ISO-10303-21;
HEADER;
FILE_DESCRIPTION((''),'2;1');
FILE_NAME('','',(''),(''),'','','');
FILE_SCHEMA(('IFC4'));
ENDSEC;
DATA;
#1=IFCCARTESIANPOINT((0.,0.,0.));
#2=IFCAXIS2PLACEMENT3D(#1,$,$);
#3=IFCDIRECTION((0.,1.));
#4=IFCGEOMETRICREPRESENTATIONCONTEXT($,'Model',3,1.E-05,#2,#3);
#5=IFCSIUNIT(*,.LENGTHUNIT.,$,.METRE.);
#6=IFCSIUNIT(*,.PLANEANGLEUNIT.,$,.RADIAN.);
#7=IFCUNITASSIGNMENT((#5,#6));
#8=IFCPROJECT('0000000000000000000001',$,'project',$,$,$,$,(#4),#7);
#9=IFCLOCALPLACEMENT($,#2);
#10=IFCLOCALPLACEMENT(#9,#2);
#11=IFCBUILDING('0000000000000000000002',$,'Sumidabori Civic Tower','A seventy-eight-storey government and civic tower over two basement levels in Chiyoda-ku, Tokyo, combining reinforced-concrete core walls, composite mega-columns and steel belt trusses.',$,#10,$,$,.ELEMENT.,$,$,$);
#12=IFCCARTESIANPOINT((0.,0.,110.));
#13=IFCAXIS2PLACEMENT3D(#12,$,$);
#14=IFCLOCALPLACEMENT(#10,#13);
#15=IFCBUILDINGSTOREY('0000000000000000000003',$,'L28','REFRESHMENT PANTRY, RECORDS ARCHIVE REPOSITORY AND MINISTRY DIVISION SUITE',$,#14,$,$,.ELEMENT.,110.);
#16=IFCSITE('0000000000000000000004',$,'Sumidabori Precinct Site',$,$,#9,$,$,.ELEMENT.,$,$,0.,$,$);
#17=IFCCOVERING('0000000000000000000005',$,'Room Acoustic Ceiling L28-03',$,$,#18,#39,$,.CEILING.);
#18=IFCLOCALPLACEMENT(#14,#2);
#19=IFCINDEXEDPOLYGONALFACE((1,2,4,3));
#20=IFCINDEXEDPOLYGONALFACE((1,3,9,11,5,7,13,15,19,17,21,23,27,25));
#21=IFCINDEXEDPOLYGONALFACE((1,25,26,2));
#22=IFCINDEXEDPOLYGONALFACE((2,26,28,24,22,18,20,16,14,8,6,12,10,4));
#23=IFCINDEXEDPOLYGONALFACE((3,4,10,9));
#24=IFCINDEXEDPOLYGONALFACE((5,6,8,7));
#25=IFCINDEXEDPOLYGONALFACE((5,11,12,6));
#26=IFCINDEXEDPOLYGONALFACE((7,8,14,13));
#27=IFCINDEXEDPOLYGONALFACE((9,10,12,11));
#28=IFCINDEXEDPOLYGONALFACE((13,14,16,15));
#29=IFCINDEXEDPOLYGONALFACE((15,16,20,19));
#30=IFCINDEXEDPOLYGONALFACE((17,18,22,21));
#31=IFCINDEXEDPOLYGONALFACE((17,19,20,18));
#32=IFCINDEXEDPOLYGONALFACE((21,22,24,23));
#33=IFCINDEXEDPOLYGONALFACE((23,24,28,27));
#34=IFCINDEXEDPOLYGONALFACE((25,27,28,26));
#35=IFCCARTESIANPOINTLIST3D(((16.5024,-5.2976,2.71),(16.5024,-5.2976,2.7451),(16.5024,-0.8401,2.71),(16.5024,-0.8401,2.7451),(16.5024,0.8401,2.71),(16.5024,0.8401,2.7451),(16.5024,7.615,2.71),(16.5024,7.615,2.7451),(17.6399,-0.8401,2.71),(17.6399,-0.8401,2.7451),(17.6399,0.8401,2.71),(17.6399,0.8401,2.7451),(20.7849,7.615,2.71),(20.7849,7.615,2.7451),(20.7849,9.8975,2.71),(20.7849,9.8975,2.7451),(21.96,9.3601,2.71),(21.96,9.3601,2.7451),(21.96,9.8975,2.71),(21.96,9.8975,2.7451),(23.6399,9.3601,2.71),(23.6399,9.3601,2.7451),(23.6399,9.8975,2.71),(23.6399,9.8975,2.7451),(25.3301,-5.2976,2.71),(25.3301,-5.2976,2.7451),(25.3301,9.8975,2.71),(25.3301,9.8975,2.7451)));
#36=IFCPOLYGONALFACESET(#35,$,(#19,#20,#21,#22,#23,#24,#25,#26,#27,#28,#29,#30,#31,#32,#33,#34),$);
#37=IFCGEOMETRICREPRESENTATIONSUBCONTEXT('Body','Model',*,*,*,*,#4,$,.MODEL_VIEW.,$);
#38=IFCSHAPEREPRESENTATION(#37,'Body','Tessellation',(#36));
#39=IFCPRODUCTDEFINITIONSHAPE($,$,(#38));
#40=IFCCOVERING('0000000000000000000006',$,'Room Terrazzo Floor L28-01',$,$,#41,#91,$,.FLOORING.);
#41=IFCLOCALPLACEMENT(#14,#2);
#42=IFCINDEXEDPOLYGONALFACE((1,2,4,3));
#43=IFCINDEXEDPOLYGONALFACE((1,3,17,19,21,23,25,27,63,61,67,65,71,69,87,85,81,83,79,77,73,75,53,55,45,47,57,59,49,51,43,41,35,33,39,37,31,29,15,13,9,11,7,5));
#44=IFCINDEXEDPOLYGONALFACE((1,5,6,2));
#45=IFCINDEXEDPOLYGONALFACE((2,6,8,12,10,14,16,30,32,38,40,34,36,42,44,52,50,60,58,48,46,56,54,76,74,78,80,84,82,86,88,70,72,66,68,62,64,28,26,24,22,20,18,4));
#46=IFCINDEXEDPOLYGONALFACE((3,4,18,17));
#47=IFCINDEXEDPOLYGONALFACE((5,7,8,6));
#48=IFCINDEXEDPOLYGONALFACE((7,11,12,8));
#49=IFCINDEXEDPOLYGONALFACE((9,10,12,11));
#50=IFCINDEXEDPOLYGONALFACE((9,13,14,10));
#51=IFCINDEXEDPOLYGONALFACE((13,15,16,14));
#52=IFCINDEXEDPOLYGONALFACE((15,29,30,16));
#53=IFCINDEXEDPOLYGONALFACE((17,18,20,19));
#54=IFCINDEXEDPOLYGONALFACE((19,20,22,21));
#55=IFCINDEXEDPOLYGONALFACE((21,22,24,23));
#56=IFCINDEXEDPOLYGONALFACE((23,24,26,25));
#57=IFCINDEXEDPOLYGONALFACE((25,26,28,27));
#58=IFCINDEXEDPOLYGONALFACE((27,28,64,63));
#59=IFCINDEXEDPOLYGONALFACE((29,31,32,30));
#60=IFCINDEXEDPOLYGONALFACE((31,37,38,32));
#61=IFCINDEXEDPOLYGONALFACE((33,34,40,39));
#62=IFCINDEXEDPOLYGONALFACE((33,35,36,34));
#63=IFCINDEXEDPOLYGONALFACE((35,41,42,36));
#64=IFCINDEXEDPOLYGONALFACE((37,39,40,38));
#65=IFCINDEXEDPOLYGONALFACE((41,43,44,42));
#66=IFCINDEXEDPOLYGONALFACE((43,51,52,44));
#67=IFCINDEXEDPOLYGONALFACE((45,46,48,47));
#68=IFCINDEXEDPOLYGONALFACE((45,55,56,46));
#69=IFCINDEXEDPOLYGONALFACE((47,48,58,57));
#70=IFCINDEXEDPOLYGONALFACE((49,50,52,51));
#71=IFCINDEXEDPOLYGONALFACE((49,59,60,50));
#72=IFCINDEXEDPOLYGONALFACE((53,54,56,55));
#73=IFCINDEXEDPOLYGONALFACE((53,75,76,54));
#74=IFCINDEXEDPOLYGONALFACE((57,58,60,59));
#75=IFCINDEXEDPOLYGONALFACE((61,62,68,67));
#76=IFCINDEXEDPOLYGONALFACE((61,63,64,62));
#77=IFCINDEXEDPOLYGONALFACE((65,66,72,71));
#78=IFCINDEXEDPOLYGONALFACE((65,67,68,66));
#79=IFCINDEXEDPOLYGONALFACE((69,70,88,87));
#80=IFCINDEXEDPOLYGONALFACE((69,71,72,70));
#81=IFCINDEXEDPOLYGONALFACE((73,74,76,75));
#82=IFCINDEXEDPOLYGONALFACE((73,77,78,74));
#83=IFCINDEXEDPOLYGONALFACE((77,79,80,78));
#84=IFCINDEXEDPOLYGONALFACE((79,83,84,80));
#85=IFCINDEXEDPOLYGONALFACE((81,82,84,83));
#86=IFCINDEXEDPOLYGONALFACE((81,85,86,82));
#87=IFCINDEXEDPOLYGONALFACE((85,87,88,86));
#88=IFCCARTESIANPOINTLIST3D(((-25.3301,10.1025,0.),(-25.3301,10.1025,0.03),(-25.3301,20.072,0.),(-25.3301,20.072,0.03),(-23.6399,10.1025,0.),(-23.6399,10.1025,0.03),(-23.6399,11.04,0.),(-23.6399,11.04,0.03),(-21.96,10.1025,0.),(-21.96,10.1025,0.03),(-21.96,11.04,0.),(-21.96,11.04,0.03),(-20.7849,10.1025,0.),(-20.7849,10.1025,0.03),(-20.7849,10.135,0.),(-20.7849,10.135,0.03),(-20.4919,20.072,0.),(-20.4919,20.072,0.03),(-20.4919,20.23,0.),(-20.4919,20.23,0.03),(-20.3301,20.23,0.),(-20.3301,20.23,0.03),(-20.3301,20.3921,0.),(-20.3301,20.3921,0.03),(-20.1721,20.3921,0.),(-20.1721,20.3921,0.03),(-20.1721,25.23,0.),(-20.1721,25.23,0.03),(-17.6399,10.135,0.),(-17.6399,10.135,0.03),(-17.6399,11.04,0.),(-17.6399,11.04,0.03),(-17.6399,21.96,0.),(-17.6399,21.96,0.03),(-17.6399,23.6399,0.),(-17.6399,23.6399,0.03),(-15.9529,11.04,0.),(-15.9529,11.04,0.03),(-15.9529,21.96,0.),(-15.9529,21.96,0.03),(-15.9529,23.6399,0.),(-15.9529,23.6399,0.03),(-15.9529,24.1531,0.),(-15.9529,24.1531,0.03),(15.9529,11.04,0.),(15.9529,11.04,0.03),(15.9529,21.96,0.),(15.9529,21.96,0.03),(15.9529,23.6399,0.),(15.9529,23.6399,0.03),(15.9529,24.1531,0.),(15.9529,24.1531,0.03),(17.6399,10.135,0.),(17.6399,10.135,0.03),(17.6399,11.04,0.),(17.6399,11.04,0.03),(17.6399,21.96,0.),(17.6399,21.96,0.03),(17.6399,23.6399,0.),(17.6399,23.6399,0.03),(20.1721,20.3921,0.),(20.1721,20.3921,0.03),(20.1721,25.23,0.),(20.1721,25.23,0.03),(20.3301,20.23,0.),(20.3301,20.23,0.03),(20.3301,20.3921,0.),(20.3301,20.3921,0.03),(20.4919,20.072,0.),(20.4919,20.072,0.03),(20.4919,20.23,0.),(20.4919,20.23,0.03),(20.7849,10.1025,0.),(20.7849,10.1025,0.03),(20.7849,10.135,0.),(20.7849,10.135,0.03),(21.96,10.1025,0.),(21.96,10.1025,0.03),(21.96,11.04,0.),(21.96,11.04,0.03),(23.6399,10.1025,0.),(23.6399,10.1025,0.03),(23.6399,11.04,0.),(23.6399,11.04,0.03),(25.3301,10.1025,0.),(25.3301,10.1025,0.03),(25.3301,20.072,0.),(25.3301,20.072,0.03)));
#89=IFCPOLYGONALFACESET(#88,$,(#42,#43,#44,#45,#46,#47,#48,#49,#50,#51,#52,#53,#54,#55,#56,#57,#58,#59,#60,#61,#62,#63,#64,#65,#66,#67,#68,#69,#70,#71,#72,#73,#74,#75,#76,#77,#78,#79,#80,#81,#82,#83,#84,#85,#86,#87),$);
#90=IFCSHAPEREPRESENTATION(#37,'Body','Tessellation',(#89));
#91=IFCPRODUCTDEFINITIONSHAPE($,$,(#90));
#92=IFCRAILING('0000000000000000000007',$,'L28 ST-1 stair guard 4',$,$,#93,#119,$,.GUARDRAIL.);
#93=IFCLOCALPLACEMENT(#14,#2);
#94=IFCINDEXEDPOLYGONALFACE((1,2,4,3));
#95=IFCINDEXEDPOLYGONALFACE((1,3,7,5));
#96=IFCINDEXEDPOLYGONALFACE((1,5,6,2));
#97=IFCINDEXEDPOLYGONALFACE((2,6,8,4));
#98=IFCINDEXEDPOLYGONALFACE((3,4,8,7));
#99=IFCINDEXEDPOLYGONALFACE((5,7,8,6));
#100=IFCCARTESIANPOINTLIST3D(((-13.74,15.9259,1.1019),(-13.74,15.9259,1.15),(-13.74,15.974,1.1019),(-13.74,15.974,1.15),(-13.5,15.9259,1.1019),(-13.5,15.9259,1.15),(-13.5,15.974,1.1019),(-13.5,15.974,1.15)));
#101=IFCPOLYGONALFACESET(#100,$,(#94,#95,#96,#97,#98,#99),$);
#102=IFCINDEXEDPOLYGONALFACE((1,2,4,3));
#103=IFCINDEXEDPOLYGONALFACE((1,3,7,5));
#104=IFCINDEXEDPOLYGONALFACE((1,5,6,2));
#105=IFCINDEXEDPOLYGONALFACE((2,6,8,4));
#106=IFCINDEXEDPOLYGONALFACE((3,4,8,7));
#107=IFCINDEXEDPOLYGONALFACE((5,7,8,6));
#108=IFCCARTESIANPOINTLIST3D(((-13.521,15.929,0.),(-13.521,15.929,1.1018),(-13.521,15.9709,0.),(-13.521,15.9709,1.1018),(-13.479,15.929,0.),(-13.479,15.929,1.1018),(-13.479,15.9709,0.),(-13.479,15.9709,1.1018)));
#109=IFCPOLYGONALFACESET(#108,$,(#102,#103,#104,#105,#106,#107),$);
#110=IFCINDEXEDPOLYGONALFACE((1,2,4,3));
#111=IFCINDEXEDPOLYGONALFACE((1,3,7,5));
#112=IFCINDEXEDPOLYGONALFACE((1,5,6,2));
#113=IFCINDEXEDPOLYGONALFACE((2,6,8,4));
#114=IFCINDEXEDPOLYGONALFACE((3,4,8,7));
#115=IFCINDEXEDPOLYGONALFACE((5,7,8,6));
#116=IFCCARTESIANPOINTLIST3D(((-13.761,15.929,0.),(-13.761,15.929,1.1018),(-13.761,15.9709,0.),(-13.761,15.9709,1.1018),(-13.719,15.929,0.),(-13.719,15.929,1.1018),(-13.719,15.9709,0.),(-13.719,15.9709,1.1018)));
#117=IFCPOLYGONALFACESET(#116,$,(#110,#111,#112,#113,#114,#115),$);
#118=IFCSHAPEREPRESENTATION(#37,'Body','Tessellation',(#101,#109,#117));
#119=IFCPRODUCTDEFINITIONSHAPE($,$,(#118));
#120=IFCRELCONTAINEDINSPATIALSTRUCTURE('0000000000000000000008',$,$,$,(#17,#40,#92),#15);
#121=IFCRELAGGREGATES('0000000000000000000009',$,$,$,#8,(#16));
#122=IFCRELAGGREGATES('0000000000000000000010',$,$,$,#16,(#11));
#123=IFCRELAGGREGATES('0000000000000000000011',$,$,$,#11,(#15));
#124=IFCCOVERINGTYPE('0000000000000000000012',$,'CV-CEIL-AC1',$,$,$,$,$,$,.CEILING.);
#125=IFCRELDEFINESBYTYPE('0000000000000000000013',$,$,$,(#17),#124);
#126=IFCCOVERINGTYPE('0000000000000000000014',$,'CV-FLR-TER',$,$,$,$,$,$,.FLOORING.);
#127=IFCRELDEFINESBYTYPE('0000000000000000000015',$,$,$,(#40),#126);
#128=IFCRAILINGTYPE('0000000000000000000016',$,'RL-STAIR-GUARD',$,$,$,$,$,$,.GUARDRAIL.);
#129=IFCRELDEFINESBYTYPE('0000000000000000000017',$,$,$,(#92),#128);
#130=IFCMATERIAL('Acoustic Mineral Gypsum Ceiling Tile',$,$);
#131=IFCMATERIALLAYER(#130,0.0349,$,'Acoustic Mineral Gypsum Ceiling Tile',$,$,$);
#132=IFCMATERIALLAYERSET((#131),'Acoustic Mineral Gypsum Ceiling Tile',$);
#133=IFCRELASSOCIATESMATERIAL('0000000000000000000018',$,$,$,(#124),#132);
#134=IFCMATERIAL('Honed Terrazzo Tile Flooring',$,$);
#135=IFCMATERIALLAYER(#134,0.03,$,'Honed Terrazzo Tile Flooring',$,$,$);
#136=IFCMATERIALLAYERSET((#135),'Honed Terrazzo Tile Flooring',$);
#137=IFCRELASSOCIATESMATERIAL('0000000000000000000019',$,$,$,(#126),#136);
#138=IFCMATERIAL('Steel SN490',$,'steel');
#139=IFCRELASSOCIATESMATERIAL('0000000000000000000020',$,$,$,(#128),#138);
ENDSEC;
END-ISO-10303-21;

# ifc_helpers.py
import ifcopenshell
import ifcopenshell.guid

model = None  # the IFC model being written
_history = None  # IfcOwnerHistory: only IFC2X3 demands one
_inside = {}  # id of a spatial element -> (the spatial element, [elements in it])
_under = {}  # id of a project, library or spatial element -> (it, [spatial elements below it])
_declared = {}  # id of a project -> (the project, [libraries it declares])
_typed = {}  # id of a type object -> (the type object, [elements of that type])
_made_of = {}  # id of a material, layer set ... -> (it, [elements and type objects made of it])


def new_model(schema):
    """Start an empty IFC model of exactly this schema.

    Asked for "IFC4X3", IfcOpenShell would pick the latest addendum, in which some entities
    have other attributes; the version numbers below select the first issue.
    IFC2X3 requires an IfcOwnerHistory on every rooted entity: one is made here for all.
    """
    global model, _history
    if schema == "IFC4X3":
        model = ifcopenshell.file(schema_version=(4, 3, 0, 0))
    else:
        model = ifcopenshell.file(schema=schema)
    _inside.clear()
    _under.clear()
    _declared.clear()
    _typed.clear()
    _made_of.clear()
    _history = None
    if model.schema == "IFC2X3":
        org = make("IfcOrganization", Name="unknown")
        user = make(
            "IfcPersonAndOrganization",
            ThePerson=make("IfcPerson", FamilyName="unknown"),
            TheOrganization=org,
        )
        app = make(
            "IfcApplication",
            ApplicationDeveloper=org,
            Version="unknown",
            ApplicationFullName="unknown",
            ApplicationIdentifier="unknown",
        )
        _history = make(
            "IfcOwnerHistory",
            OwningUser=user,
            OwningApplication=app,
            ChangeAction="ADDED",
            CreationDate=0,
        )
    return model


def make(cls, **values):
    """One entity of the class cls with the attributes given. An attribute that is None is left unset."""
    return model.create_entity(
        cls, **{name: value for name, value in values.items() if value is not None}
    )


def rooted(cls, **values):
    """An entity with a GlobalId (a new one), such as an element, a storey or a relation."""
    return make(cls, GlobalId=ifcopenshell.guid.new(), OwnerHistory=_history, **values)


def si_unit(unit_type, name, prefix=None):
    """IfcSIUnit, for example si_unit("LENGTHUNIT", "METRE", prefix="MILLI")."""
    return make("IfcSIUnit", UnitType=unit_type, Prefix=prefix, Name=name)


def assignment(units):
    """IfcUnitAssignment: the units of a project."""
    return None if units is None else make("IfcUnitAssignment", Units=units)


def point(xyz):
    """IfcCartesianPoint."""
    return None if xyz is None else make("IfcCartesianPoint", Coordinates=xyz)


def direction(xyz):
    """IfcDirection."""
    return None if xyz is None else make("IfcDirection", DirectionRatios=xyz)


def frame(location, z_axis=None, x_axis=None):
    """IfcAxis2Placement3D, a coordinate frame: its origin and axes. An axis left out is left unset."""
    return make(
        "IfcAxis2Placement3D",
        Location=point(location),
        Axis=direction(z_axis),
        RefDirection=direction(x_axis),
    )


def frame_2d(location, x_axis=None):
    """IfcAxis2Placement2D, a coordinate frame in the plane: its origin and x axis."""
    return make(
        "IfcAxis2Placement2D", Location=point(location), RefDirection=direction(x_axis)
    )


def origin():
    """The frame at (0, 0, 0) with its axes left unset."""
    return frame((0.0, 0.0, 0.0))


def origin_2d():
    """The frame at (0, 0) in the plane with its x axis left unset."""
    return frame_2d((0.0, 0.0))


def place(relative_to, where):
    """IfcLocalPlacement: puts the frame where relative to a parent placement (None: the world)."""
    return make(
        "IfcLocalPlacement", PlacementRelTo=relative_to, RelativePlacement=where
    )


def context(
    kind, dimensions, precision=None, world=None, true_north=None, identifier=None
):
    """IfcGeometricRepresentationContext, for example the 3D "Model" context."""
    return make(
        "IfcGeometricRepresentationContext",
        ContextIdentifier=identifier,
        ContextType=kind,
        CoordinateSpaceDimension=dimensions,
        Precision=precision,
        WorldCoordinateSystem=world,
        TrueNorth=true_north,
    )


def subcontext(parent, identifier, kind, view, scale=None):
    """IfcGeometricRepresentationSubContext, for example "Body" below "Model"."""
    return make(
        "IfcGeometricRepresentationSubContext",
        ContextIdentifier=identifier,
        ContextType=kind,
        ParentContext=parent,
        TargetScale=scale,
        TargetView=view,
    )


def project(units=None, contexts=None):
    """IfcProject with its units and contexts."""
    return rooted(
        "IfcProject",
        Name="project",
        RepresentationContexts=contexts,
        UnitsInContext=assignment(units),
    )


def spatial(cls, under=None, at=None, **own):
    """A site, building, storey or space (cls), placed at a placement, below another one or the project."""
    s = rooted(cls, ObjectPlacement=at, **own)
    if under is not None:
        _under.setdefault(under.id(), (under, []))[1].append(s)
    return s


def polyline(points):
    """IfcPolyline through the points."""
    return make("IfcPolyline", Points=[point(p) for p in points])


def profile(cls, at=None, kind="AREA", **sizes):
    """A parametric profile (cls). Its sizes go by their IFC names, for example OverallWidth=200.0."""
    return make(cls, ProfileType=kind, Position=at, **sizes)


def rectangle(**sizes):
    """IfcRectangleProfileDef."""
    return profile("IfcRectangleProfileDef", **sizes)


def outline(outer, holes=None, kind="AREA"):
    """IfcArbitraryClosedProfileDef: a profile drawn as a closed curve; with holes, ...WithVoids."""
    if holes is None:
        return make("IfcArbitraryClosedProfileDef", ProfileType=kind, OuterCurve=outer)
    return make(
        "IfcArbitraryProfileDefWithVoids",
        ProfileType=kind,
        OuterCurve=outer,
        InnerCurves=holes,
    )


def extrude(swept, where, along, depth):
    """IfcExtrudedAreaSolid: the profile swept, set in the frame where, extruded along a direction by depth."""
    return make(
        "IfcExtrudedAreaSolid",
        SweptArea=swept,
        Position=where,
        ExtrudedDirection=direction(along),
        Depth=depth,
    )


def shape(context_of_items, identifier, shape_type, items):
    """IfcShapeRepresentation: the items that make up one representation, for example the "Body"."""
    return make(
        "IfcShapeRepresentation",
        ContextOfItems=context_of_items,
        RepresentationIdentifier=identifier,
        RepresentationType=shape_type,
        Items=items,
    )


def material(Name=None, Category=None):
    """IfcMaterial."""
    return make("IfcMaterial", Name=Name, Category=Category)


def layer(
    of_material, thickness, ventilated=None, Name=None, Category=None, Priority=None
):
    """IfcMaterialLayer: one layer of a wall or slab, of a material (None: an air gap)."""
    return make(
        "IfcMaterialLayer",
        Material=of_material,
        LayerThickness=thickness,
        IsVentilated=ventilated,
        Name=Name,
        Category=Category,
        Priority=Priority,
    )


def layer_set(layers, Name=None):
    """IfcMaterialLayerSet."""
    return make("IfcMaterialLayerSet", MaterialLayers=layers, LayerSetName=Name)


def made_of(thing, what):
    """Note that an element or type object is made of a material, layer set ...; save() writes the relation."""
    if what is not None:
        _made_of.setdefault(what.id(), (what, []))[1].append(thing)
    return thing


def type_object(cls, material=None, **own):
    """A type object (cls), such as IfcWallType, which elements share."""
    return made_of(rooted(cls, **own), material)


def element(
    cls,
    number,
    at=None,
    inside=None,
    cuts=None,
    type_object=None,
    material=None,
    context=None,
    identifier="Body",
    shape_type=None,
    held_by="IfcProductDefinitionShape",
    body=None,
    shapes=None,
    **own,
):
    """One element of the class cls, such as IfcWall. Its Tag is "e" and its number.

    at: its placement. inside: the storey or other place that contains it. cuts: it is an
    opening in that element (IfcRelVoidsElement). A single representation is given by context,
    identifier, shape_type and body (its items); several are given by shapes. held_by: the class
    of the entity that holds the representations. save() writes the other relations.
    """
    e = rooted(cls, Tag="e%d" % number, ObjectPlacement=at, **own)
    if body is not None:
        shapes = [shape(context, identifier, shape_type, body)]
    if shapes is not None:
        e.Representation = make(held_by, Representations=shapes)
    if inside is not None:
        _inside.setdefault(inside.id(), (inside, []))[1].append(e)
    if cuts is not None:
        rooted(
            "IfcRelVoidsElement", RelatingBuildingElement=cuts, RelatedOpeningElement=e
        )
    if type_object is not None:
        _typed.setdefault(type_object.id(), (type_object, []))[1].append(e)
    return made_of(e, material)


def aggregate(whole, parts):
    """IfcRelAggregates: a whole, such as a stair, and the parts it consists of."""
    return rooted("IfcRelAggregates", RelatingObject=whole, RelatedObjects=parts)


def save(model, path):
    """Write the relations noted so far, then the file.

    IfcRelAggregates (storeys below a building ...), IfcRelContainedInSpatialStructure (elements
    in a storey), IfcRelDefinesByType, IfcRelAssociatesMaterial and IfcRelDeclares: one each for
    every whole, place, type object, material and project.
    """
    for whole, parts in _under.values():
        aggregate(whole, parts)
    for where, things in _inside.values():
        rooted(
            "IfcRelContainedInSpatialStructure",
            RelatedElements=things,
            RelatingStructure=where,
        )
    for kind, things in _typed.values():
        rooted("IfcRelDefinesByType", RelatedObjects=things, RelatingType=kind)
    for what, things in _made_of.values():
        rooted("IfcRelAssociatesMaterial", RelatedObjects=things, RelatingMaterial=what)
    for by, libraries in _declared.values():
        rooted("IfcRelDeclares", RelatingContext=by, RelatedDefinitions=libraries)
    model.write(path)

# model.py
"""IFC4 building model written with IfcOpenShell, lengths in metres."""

from ifc_helpers import new_model, si_unit, direction, frame, origin, origin_2d, place, context, subcontext, project, spatial, polyline, rectangle, outline, extrude, material, layer, layer_set, type_object, element, save


model = new_model("IFC4")

# Units and contexts
model_context = context("Model", 3, precision=1e-05, world=origin(), true_north=direction((0.0, 1.0)))
body_context = subcontext(model_context, "Body", "Model", "MODEL_VIEW")
ifc_project = project(units=[si_unit("LENGTHUNIT", "METRE"), si_unit("PLANEANGLEUNIT", "RADIAN")], contexts=[model_context])

# Site, building, storey
site_placement = place(None, origin())
site = spatial("IfcSite", under=ifc_project, at=site_placement, Name="Sumidabori Precinct Site", CompositionType="ELEMENT", RefElevation=0.0)
building_placement = place(site_placement, origin())
building = spatial("IfcBuilding", under=site, at=building_placement, Name="Sumidabori Civic Tower", Description="A seventy-eight-storey government and civic tower over two basement levels in Chiyoda-ku, Tokyo, combining reinforced-concrete core walls, composite mega-columns and steel belt trusses.", CompositionType="ELEMENT")
storey_placement = place(building_placement, frame((0.0, 0.0, 110.0)))
storey = spatial("IfcBuildingStorey", under=building, at=storey_placement, Name="L28", Description="REFRESHMENT PANTRY, RECORDS ARCHIVE REPOSITORY AND MINISTRY DIVISION SUITE", CompositionType="ELEMENT", Elevation=110.0)

# Shared definitions
ifc_material_1 = material(Name="Steel SN490", Category="steel")

# Coverings
ifc_material_2 = material(Name="Acoustic Mineral Gypsum Ceiling Tile")
ifc_layer_1 = layer(ifc_material_2, 0.0349, Name="Acoustic Mineral Gypsum Ceiling Tile")
ifc_layer_set_1 = layer_set([ifc_layer_1], Name="Acoustic Mineral Gypsum Ceiling Tile")
covering_type_1 = type_object("IfcCoveringType", Name="CV-CEIL-AC1", PredefinedType="CEILING", material=ifc_layer_set_1)
covering_1_placement = place(storey_placement, frame((0.0, 0.0, 2.71)))
element("IfcCovering", 1, at=covering_1_placement, inside=storey, type_object=covering_type_1, Name="Room Acoustic Ceiling L28-03", PredefinedType="CEILING", context=body_context, shape_type="SweptSolid", body=[
    extrude(outline(polyline([(16.5024, -0.8401), (17.6399, -0.8401), (17.6399, 0.8401), (16.5024, 0.8401), (16.5024, 7.615), (20.7849, 7.615), (20.7849, 9.8975), (21.96, 9.8975), (21.96, 9.3601), (23.6399, 9.3601), (23.6399, 9.8975), (25.3301, 9.8975), (25.3301, -5.2976), (16.5024, -5.2976), (16.5024, -0.8401)])), origin(), (0.0, 0.0, 1.0), 0.0352),
])
ifc_material_3 = material(Name="Honed Terrazzo Tile Flooring")
ifc_layer_2 = layer(ifc_material_3, 0.03, Name="Honed Terrazzo Tile Flooring")
ifc_layer_set_2 = layer_set([ifc_layer_2], Name="Honed Terrazzo Tile Flooring")
covering_type_2 = type_object("IfcCoveringType", Name="CV-FLR-TER", PredefinedType="FLOORING", material=ifc_layer_set_2)
covering_2_placement = place(storey_placement, origin())
element("IfcCovering", 2, at=covering_2_placement, inside=storey, type_object=covering_type_2, Name="Room Terrazzo Floor L28-01", PredefinedType="FLOORING", context=body_context, shape_type="SweptSolid", body=[
    extrude(outline(polyline([(-21.96, 10.1025), (-21.96, 11.04), (-23.6399, 11.04), (-23.6399, 10.1025), (-25.3301, 10.1025), (-25.3301, 20.072), (-20.4919, 20.072), (-20.4919, 20.23), (-20.3301, 20.23), (-20.3301, 20.3921), (-20.1721, 20.3921), (-20.1721, 25.23), (20.1721, 25.23), (20.1721, 20.3921), (20.3301, 20.3921), (20.3301, 20.23), (20.4919, 20.23), (20.4919, 20.072), (25.3301, 20.072), (25.3301, 10.1025), (23.6399, 10.1025), (23.6399, 11.04), (21.96, 11.04), (21.96, 10.1025), (20.7849, 10.1025), (20.7849, 10.135), (17.6399, 10.135), (17.6399, 11.04), (15.9529, 11.04), (15.9529, 21.96), (17.6399, 21.96), (17.6399, 23.6399), (15.9529, 23.6399), (15.9529, 24.1531), (-15.9529, 24.1531), (-15.9529, 23.6399), (-17.6399, 23.6399), (-17.6399, 21.96), (-15.9529, 21.96), (-15.9529, 11.04), (-17.6399, 11.04), (-17.6399, 10.135), (-20.7849, 10.135), (-20.7849, 10.1025), (-21.96, 10.1025)])), origin(), (0.0, 0.0, 1.0), 0.03),
])

# Railing
railing_type = type_object("IfcRailingType", Name="RL-STAIR-GUARD", PredefinedType="GUARDRAIL", material=ifc_material_1)
railing_placement = place(storey_placement, frame((-13.5, 15.95, 0.0)))
element("IfcRailing", 3, at=railing_placement, inside=storey, type_object=railing_type, Name="L28 ST-1 stair guard 4", PredefinedType="GUARDRAIL", context=body_context, shape_type="SweptSolid", body=[
    extrude(rectangle(XDim=0.0481, YDim=0.0481, at=origin_2d()), frame((0.0, 0.0, 1.126), z_axis=(-1.0, 0.0, 0.0), x_axis=(0.0, -1.0, 0.0)), (0.0, 0.0, 1.0), 0.24),
    extrude(rectangle(XDim=0.042, YDim=0.042, at=origin_2d()), origin(), (0.0, 0.0, 1.0), 1.1018),
    extrude(rectangle(XDim=0.042, YDim=0.042, at=origin_2d()), frame((-0.24, 0.0, 0.0)), (0.0, 0.0, 1.0), 1.1018),
])

save(model, "model.ifc")
